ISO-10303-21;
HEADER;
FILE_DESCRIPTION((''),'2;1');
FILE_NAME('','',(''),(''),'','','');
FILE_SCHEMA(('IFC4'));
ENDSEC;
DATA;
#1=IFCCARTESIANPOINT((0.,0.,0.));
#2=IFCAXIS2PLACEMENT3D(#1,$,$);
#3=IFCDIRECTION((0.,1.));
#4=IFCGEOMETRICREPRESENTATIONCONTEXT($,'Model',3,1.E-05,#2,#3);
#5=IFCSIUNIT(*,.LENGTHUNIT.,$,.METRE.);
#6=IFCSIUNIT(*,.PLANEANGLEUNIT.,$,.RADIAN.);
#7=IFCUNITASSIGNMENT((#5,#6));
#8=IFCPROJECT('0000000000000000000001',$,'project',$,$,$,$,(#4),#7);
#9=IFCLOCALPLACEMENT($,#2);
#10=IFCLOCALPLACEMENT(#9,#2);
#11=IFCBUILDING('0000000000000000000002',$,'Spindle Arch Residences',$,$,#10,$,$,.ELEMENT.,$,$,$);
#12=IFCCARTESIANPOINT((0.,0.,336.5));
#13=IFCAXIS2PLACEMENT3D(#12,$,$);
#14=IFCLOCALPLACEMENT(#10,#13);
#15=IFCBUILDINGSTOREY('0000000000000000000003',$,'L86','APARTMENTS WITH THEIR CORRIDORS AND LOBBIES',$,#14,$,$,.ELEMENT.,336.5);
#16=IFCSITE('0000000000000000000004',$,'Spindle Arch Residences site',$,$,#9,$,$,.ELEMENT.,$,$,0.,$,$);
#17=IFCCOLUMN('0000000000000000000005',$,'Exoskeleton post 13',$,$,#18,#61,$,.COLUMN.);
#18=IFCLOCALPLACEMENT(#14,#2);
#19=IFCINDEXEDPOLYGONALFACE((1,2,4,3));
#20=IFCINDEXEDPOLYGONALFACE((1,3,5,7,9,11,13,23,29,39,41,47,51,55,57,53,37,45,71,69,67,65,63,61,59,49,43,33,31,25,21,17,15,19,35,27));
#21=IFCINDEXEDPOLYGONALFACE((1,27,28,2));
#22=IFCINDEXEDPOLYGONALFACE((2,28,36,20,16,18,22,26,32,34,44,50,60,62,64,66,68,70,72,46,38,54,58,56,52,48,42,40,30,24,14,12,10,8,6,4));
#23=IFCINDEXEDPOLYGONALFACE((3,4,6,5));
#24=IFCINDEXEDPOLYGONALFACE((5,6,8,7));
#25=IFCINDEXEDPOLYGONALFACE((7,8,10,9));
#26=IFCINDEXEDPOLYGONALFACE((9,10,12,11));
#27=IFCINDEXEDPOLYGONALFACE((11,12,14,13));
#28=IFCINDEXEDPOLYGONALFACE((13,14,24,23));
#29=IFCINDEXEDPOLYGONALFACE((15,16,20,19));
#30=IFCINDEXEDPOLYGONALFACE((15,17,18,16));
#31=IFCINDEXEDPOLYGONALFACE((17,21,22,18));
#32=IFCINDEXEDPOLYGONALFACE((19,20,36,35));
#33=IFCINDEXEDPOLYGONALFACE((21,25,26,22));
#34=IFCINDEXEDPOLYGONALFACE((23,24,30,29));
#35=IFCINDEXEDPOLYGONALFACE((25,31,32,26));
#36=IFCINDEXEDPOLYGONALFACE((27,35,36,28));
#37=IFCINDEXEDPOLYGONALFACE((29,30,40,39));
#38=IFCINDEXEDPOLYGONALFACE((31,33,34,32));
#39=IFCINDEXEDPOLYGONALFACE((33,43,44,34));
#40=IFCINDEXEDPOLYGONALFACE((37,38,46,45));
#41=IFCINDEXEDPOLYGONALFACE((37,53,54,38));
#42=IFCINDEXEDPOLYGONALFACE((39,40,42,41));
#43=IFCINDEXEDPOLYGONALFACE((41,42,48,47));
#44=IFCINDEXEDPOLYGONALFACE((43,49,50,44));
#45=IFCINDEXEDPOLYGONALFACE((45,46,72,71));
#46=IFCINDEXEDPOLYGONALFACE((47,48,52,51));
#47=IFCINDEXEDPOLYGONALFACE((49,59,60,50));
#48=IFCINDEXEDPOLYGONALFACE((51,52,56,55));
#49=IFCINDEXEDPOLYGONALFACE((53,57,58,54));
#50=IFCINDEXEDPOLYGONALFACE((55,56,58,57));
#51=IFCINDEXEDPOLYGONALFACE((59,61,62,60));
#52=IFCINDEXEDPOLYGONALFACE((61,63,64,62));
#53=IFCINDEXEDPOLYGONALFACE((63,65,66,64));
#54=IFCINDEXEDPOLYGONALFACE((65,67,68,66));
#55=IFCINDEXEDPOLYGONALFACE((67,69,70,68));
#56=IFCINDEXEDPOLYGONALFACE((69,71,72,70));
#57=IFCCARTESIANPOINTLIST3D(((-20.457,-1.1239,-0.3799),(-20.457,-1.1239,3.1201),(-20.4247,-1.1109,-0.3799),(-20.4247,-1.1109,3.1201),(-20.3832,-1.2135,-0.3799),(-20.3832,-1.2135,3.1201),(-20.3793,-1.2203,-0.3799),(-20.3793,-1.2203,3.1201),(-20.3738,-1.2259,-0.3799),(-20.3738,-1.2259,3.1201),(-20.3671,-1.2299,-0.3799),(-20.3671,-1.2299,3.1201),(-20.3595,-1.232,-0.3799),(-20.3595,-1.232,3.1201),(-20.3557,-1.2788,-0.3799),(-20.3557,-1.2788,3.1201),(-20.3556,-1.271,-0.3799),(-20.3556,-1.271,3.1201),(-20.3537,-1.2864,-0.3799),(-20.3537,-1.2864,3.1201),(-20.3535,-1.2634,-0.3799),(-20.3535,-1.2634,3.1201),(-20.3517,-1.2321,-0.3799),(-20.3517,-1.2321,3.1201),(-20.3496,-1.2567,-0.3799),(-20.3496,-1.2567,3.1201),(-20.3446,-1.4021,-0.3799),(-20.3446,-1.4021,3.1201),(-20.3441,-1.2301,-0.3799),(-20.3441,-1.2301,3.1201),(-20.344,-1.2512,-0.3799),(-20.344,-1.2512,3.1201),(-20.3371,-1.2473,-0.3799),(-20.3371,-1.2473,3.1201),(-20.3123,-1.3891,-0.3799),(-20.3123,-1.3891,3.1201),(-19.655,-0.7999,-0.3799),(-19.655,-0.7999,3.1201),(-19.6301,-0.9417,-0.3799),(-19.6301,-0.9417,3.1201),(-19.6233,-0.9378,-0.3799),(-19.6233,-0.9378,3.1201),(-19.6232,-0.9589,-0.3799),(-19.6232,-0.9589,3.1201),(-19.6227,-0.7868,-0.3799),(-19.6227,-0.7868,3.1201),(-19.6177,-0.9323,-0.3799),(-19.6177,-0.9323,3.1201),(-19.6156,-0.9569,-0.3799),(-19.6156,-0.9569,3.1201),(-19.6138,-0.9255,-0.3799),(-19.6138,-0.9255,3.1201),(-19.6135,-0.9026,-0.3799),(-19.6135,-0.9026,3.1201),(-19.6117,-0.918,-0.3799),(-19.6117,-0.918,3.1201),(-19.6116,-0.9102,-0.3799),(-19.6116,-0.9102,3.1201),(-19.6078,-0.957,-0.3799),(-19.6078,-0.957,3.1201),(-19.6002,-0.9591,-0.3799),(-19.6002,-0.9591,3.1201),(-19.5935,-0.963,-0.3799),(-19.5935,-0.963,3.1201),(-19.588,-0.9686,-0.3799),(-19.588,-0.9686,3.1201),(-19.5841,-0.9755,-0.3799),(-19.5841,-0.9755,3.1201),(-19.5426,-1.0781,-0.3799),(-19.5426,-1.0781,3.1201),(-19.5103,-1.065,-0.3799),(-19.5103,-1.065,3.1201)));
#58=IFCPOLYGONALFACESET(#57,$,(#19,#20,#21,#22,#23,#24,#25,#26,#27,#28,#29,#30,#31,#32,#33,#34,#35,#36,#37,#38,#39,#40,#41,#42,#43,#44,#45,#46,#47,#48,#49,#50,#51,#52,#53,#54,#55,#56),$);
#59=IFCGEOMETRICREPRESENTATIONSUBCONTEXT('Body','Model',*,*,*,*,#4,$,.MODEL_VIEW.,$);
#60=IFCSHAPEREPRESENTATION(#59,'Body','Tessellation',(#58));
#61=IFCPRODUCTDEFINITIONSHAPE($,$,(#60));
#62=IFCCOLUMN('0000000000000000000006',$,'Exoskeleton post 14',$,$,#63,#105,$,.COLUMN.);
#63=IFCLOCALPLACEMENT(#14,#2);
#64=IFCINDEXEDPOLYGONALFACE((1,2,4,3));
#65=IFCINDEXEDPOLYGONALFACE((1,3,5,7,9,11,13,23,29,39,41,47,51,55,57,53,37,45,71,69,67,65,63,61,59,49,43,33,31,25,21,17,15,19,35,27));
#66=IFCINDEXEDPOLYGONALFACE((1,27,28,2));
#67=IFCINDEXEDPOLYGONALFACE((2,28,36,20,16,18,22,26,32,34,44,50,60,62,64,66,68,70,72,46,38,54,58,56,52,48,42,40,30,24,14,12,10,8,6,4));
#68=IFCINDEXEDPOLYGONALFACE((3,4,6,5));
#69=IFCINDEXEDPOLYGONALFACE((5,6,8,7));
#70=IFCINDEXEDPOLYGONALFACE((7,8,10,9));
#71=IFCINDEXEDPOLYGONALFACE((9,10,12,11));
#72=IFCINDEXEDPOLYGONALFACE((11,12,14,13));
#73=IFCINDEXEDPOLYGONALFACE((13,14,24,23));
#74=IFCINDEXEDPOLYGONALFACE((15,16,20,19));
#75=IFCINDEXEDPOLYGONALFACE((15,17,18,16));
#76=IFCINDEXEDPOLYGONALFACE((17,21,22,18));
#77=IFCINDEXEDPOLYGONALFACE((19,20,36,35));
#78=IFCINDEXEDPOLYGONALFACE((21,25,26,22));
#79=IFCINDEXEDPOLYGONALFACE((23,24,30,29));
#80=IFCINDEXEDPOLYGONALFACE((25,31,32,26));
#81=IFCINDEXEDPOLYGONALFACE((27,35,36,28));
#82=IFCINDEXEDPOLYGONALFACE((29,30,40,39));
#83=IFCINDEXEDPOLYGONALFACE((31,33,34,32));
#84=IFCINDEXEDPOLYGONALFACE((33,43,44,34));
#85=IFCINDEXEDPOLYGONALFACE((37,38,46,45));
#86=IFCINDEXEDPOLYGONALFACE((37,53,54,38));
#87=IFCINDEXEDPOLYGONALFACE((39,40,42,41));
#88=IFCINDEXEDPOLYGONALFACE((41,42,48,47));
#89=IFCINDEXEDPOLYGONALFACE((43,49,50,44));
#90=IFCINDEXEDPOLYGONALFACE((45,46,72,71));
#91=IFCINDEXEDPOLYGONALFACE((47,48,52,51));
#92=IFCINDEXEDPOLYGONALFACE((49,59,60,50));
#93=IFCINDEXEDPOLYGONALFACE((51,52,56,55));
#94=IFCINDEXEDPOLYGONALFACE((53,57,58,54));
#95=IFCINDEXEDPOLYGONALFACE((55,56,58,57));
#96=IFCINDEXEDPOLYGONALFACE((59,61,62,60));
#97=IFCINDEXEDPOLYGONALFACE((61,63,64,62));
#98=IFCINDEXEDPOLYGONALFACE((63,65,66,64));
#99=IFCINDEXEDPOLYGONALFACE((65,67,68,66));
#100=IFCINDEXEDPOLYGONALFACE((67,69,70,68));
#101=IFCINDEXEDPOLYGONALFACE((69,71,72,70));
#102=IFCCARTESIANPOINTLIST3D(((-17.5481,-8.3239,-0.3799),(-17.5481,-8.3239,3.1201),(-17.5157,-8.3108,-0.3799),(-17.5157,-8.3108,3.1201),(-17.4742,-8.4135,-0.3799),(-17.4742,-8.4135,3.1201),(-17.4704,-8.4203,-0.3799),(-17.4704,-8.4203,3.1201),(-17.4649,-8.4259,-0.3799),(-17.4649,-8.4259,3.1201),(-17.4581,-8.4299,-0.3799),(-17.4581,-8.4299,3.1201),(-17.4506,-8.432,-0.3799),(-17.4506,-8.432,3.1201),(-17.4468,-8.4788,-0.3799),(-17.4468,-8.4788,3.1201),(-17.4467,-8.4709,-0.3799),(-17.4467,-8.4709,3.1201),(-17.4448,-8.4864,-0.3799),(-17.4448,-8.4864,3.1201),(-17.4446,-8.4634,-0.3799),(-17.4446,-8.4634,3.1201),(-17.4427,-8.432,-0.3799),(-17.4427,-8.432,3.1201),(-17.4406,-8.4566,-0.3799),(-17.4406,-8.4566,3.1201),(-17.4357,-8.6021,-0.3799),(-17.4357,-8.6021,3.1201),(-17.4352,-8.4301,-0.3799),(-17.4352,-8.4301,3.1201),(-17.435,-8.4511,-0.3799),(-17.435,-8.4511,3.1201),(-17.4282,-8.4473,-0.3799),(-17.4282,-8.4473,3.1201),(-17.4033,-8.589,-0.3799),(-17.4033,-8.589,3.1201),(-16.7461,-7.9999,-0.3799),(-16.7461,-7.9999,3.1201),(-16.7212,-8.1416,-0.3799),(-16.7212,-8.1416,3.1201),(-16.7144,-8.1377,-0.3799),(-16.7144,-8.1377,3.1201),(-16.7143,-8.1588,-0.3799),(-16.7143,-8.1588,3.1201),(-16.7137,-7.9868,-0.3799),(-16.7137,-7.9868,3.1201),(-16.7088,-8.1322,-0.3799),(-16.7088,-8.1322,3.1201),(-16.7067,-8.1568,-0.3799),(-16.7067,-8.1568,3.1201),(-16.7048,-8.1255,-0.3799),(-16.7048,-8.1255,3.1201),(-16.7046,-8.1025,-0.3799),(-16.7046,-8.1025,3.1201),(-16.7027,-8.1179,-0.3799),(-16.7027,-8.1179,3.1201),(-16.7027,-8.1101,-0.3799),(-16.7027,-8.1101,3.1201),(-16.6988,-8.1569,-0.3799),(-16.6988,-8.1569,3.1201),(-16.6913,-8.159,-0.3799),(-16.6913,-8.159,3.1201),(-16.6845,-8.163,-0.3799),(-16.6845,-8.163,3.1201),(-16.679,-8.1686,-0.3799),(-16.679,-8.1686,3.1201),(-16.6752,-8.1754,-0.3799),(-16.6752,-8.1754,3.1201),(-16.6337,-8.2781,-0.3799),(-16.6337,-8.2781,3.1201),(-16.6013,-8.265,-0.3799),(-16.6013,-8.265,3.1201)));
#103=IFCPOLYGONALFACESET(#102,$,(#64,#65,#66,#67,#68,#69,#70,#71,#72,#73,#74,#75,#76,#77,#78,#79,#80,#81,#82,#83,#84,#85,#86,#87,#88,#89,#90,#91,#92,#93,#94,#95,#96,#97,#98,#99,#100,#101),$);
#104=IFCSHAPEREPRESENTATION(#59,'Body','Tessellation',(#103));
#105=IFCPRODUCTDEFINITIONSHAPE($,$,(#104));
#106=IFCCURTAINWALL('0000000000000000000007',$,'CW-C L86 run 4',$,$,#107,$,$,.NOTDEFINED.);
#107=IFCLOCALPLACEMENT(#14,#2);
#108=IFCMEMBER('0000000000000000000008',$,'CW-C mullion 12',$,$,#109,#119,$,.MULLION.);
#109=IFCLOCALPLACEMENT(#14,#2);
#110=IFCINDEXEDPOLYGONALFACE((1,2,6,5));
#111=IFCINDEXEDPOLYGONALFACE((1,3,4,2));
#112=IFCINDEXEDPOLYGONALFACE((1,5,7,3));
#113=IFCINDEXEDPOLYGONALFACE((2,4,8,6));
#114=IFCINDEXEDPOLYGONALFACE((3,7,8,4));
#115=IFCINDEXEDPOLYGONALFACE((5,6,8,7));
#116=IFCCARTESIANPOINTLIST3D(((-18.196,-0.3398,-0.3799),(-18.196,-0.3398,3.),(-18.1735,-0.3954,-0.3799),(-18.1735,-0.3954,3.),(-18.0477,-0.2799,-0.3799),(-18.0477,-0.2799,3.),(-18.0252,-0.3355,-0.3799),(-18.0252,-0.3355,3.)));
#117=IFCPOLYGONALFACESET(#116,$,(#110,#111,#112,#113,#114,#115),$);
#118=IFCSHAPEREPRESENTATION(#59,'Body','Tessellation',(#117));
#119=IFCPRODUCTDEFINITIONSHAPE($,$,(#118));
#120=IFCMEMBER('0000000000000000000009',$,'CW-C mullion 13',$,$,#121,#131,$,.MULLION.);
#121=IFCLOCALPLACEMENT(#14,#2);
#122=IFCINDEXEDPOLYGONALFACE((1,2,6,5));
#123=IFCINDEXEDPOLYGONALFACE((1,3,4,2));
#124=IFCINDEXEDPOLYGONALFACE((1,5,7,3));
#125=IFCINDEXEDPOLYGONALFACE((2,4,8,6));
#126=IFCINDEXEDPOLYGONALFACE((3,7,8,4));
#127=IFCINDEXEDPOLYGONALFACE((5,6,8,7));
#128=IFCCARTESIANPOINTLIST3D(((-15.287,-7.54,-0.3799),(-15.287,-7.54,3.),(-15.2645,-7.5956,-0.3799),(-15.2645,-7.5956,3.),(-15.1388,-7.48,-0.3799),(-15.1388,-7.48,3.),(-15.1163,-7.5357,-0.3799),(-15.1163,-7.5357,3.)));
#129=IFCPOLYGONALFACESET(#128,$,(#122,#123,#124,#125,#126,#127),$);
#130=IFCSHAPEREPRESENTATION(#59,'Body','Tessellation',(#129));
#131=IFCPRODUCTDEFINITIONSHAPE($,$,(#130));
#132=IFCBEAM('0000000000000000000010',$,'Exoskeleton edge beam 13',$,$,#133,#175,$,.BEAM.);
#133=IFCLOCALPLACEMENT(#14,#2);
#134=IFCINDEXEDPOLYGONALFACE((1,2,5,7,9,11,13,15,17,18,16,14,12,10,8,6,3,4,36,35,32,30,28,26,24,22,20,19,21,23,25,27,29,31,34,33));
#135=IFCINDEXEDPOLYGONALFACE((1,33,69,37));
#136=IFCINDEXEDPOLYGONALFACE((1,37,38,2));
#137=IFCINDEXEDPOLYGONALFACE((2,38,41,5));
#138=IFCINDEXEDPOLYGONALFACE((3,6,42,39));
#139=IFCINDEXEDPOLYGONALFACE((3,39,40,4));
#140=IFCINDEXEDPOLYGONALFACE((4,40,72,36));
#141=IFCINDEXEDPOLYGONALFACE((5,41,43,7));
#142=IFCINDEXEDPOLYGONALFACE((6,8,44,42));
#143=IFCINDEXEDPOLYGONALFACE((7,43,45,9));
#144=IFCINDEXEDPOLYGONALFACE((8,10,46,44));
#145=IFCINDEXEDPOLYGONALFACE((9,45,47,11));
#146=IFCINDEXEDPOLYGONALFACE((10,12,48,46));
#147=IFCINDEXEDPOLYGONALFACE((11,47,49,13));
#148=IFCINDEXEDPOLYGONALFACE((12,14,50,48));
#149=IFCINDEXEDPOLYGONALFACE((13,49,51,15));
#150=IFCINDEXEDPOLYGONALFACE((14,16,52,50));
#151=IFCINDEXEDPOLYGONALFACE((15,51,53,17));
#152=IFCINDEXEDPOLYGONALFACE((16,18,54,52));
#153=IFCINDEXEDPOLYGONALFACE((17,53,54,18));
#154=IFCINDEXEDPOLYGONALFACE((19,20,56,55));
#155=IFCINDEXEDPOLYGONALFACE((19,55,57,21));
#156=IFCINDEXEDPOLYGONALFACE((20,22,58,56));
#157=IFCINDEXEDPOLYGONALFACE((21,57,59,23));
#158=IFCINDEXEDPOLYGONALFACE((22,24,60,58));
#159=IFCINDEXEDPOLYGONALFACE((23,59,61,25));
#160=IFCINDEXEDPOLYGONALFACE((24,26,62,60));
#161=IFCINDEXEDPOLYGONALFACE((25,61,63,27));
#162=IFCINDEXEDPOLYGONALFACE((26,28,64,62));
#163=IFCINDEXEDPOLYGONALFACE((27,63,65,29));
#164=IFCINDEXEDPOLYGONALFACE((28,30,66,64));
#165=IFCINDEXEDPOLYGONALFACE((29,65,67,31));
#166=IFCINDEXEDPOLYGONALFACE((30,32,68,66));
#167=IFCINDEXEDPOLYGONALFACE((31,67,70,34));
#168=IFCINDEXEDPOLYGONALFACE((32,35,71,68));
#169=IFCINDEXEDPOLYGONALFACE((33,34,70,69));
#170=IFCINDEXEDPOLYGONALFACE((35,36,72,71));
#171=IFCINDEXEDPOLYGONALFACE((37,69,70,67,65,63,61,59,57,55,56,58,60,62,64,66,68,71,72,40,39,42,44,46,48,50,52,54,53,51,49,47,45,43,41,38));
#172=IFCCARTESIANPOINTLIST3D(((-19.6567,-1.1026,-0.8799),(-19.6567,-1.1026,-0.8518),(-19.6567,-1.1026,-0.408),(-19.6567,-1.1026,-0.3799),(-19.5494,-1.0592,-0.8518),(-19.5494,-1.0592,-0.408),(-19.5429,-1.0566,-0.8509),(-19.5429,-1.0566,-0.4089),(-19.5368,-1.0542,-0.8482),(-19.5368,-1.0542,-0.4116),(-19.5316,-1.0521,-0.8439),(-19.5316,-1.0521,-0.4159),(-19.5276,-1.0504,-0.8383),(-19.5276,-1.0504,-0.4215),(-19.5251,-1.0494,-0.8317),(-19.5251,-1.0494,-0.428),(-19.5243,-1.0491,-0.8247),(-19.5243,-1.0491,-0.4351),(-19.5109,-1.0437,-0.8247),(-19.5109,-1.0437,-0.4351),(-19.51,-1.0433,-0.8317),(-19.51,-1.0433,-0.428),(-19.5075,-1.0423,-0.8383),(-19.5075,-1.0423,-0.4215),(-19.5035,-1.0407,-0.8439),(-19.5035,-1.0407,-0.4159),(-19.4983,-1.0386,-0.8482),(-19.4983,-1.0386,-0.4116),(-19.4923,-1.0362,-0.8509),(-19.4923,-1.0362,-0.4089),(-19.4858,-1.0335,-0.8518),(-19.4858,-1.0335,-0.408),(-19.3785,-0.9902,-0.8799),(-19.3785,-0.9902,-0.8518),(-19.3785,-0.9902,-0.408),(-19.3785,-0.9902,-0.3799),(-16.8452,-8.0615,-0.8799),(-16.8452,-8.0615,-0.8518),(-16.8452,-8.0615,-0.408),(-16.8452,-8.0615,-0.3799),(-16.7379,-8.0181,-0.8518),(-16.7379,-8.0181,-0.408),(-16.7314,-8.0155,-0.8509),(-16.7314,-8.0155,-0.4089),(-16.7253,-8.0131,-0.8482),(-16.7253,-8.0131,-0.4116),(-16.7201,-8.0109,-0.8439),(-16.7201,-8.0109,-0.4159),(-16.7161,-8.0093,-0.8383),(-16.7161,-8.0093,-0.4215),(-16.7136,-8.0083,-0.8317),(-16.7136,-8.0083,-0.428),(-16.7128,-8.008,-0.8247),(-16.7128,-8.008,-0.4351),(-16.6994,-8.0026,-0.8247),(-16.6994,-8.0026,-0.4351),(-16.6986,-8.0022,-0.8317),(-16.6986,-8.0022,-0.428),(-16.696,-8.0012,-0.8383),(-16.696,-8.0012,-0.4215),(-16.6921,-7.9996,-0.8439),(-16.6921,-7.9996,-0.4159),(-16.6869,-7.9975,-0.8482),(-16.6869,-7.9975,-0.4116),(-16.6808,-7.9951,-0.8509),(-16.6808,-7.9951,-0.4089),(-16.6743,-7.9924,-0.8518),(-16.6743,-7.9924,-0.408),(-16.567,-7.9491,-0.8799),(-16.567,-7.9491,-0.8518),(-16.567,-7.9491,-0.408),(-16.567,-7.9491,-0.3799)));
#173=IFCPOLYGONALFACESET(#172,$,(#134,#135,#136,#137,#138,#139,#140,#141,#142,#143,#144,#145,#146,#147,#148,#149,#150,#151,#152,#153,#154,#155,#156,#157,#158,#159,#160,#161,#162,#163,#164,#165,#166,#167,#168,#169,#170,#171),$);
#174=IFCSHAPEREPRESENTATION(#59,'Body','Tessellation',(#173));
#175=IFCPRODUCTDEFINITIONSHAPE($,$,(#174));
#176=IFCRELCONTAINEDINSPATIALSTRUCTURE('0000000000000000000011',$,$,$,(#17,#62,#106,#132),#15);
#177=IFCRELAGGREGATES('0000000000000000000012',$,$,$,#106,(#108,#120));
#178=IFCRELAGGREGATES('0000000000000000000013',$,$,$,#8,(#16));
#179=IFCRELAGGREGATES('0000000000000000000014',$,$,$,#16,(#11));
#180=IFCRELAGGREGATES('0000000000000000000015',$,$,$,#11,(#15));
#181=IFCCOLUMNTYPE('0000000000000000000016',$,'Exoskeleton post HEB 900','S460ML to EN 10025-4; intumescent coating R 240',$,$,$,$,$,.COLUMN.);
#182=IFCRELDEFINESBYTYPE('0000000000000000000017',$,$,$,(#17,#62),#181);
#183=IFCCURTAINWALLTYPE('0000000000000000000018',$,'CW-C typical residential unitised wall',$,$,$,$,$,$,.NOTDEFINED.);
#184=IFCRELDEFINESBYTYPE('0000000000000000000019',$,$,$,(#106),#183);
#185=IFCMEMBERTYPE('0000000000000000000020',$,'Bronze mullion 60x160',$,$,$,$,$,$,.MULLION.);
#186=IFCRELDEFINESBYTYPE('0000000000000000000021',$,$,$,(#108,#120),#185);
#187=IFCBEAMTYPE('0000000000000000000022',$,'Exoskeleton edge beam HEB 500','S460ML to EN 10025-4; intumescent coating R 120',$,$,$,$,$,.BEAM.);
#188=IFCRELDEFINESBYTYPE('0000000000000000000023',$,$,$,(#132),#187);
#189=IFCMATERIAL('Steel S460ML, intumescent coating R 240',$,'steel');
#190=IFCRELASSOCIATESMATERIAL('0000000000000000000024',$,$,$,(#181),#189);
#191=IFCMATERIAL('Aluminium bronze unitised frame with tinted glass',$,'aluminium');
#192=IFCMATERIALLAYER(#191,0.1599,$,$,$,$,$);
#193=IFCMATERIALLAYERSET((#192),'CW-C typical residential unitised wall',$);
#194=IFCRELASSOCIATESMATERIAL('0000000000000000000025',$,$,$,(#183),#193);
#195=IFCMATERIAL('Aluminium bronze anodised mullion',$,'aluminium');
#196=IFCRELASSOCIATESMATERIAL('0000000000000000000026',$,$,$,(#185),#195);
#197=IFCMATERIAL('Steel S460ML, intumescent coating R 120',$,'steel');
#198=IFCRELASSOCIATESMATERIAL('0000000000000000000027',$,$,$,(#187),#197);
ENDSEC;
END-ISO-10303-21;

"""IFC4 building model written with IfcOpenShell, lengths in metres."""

from ifc_helpers import new_model, si_unit, direction, frame, origin, origin_2d, place, context, subcontext, project, spatial, rectangle, i_section, extrude, material, layer, layer_set, material_profile, profile_set, type_object, element, aggregate, save


model = new_model("IFC4")

# Units and contexts
model_context = context("Model", 3, precision=1e-05, world=origin(), true_north=direction((0.0, 1.0)))
body_context = subcontext(model_context, "Body", "Model", "MODEL_VIEW")
ifc_project = project(units=[si_unit("LENGTHUNIT", "METRE"), si_unit("PLANEANGLEUNIT", "RADIAN")], contexts=[model_context])

# Site, building, storey
site_placement = place(None, origin())
site = spatial("IfcSite", under=ifc_project, at=site_placement, Name="Spindle Arch Residences site", CompositionType="ELEMENT", RefElevation=0.0)
building_placement = place(site_placement, origin())
building = spatial("IfcBuilding", under=site, at=building_placement, Name="Spindle Arch Residences", CompositionType="ELEMENT")
storey_placement = place(building_placement, frame((0.0, 0.0, 336.5)))
storey = spatial("IfcBuildingStorey", under=building, at=storey_placement, Name="L86", Description="APARTMENTS WITH THEIR CORRIDORS AND LOBBIES", CompositionType="ELEMENT", Elevation=336.5)

# Columns
ifc_material_1 = material(Name="Steel S460ML, intumescent coating R 240", Category="steel")
ifc_material_profile_1 = material_profile(ifc_material_1, i_section(OverallWidth=0.3, OverallDepth=0.8999, WebThickness=0.0186, FlangeThickness=0.0349, FilletRadius=0.03, at=origin_2d()), Name="HEB 900")
ifc_profile_set_1 = profile_set([ifc_material_profile_1], Name="Steel S460ML, intumescent coating R 240")
column_type = type_object("IfcColumnType", Name="Exoskeleton post HEB 900", Description="S460ML to EN 10025-4; intumescent coating R 240", PredefinedType="COLUMN", material=ifc_profile_set_1)
for number, where, z_axis, x_axis, name in (
    (1, (-19.9836, -1.0945, -0.3799), (0.0, 0.0, 1.0), (-0.374607, 0.927184, 0.0), "Exoskeleton post 13"),
    (2, (-17.0747, -8.2944, -0.3799), (0.0, 0.0, 1.0), (-0.374607, 0.927184, 0.0), "Exoskeleton post 14"),
):
    element("IfcColumn", number, at=place(storey_placement, frame(where, z_axis=z_axis, x_axis=x_axis)), inside=storey, type_object=column_type, Name=name, PredefinedType="COLUMN", context=body_context, shape_type="SweptSolid", body=[
        extrude(i_section(OverallWidth=0.3, OverallDepth=0.8999, WebThickness=0.0186, FlangeThickness=0.0349, FilletRadius=0.03, at=origin_2d()), origin(), (0.0, 0.0, 1.0), 3.5),
    ])

# Curtain wall, members
ifc_material_2 = material(Name="Aluminium bronze unitised frame with tinted glass", Category="aluminium")
ifc_layer_1 = layer(ifc_material_2, 0.1599)
ifc_layer_set_1 = layer_set([ifc_layer_1], Name="CW-C typical residential unitised wall")
curtain_wall_type = type_object("IfcCurtainWallType", Name="CW-C typical residential unitised wall", PredefinedType="NOTDEFINED", material=ifc_layer_set_1)
curtain_wall_placement = place(storey_placement, origin())
curtain_wall = element("IfcCurtainWall", 3, at=curtain_wall_placement, inside=storey, type_object=curtain_wall_type, Name="CW-C L86 run 4", PredefinedType="NOTDEFINED")
ifc_material_3 = material(Name="Aluminium bronze anodised mullion", Category="aluminium")
ifc_material_profile_2 = material_profile(ifc_material_3, rectangle(XDim=0.1599, YDim=0.0601, at=origin_2d()), Name="MU 60x160")
ifc_profile_set_2 = profile_set([ifc_material_profile_2], Name="Aluminium bronze anodised mullion")
member_type = type_object("IfcMemberType", Name="Bronze mullion 60x160", PredefinedType="MULLION", material=ifc_profile_set_2)
member_1_placement = place(storey_placement, frame((-18.1106, -0.3376, -0.3799), z_axis=(0.0, 0.0, 1.0), x_axis=(0.927184, 0.374607, 0.0)))
member_1 = element("IfcMember", 4, at=member_1_placement, type_object=member_type, Name="CW-C mullion 12", PredefinedType="MULLION", context=body_context, shape_type="SweptSolid", body=[
    extrude(rectangle(XDim=0.1599, YDim=0.0601, at=origin_2d()), origin(), (0.0, 0.0, 1.0), 3.3799),
])
member_2_placement = place(storey_placement, frame((-15.2017, -7.5378, -0.3799), z_axis=(0.0, 0.0, 1.0), x_axis=(0.927184, 0.374607, 0.0)))
member_2 = element("IfcMember", 5, at=member_2_placement, type_object=member_type, Name="CW-C mullion 13", PredefinedType="MULLION", context=body_context, shape_type="SweptSolid", body=[
    extrude(rectangle(XDim=0.1599, YDim=0.0601, at=origin_2d()), origin(), (0.0, 0.0, 1.0), 3.3799),
])

# Beam
ifc_material_4 = material(Name="Steel S460ML, intumescent coating R 120", Category="steel")
ifc_material_profile_3 = material_profile(ifc_material_4, i_section(OverallWidth=0.3, OverallDepth=0.5, WebThickness=0.0144, FlangeThickness=0.0281, FilletRadius=0.0271, at=origin_2d()), Name="HEB 500")
ifc_profile_set_3 = profile_set([ifc_material_profile_3], Name="Steel S460ML, intumescent coating R 120")
beam_type_1 = type_object("IfcBeamType", Name="Exoskeleton edge beam HEB 500", Description="S460ML to EN 10025-4; intumescent coating R 120", PredefinedType="BEAM", material=ifc_profile_set_3)
for number, where, z_axis, x_axis, name in (
    (6, (-19.5176, -1.0464, -0.6299), (0.374596, -0.927188, 0.0), (0.927188, 0.374596, 0.0), "Exoskeleton edge beam 13"),
):
    element("IfcBeam", number, at=place(storey_placement, frame(where, z_axis=z_axis, x_axis=x_axis)), inside=storey, type_object=beam_type_1, Name=name, PredefinedType="BEAM", context=body_context, shape_type="SweptSolid", body=[
        extrude(i_section(OverallWidth=0.3, OverallDepth=0.5, WebThickness=0.0144, FlangeThickness=0.0281, FilletRadius=0.0271, at=origin_2d()), origin(), (0.0, 0.0, 1.0), 7.5054),
    ])

aggregate(curtain_wall, [member_1, member_2])

save(model, "model.ifc")
